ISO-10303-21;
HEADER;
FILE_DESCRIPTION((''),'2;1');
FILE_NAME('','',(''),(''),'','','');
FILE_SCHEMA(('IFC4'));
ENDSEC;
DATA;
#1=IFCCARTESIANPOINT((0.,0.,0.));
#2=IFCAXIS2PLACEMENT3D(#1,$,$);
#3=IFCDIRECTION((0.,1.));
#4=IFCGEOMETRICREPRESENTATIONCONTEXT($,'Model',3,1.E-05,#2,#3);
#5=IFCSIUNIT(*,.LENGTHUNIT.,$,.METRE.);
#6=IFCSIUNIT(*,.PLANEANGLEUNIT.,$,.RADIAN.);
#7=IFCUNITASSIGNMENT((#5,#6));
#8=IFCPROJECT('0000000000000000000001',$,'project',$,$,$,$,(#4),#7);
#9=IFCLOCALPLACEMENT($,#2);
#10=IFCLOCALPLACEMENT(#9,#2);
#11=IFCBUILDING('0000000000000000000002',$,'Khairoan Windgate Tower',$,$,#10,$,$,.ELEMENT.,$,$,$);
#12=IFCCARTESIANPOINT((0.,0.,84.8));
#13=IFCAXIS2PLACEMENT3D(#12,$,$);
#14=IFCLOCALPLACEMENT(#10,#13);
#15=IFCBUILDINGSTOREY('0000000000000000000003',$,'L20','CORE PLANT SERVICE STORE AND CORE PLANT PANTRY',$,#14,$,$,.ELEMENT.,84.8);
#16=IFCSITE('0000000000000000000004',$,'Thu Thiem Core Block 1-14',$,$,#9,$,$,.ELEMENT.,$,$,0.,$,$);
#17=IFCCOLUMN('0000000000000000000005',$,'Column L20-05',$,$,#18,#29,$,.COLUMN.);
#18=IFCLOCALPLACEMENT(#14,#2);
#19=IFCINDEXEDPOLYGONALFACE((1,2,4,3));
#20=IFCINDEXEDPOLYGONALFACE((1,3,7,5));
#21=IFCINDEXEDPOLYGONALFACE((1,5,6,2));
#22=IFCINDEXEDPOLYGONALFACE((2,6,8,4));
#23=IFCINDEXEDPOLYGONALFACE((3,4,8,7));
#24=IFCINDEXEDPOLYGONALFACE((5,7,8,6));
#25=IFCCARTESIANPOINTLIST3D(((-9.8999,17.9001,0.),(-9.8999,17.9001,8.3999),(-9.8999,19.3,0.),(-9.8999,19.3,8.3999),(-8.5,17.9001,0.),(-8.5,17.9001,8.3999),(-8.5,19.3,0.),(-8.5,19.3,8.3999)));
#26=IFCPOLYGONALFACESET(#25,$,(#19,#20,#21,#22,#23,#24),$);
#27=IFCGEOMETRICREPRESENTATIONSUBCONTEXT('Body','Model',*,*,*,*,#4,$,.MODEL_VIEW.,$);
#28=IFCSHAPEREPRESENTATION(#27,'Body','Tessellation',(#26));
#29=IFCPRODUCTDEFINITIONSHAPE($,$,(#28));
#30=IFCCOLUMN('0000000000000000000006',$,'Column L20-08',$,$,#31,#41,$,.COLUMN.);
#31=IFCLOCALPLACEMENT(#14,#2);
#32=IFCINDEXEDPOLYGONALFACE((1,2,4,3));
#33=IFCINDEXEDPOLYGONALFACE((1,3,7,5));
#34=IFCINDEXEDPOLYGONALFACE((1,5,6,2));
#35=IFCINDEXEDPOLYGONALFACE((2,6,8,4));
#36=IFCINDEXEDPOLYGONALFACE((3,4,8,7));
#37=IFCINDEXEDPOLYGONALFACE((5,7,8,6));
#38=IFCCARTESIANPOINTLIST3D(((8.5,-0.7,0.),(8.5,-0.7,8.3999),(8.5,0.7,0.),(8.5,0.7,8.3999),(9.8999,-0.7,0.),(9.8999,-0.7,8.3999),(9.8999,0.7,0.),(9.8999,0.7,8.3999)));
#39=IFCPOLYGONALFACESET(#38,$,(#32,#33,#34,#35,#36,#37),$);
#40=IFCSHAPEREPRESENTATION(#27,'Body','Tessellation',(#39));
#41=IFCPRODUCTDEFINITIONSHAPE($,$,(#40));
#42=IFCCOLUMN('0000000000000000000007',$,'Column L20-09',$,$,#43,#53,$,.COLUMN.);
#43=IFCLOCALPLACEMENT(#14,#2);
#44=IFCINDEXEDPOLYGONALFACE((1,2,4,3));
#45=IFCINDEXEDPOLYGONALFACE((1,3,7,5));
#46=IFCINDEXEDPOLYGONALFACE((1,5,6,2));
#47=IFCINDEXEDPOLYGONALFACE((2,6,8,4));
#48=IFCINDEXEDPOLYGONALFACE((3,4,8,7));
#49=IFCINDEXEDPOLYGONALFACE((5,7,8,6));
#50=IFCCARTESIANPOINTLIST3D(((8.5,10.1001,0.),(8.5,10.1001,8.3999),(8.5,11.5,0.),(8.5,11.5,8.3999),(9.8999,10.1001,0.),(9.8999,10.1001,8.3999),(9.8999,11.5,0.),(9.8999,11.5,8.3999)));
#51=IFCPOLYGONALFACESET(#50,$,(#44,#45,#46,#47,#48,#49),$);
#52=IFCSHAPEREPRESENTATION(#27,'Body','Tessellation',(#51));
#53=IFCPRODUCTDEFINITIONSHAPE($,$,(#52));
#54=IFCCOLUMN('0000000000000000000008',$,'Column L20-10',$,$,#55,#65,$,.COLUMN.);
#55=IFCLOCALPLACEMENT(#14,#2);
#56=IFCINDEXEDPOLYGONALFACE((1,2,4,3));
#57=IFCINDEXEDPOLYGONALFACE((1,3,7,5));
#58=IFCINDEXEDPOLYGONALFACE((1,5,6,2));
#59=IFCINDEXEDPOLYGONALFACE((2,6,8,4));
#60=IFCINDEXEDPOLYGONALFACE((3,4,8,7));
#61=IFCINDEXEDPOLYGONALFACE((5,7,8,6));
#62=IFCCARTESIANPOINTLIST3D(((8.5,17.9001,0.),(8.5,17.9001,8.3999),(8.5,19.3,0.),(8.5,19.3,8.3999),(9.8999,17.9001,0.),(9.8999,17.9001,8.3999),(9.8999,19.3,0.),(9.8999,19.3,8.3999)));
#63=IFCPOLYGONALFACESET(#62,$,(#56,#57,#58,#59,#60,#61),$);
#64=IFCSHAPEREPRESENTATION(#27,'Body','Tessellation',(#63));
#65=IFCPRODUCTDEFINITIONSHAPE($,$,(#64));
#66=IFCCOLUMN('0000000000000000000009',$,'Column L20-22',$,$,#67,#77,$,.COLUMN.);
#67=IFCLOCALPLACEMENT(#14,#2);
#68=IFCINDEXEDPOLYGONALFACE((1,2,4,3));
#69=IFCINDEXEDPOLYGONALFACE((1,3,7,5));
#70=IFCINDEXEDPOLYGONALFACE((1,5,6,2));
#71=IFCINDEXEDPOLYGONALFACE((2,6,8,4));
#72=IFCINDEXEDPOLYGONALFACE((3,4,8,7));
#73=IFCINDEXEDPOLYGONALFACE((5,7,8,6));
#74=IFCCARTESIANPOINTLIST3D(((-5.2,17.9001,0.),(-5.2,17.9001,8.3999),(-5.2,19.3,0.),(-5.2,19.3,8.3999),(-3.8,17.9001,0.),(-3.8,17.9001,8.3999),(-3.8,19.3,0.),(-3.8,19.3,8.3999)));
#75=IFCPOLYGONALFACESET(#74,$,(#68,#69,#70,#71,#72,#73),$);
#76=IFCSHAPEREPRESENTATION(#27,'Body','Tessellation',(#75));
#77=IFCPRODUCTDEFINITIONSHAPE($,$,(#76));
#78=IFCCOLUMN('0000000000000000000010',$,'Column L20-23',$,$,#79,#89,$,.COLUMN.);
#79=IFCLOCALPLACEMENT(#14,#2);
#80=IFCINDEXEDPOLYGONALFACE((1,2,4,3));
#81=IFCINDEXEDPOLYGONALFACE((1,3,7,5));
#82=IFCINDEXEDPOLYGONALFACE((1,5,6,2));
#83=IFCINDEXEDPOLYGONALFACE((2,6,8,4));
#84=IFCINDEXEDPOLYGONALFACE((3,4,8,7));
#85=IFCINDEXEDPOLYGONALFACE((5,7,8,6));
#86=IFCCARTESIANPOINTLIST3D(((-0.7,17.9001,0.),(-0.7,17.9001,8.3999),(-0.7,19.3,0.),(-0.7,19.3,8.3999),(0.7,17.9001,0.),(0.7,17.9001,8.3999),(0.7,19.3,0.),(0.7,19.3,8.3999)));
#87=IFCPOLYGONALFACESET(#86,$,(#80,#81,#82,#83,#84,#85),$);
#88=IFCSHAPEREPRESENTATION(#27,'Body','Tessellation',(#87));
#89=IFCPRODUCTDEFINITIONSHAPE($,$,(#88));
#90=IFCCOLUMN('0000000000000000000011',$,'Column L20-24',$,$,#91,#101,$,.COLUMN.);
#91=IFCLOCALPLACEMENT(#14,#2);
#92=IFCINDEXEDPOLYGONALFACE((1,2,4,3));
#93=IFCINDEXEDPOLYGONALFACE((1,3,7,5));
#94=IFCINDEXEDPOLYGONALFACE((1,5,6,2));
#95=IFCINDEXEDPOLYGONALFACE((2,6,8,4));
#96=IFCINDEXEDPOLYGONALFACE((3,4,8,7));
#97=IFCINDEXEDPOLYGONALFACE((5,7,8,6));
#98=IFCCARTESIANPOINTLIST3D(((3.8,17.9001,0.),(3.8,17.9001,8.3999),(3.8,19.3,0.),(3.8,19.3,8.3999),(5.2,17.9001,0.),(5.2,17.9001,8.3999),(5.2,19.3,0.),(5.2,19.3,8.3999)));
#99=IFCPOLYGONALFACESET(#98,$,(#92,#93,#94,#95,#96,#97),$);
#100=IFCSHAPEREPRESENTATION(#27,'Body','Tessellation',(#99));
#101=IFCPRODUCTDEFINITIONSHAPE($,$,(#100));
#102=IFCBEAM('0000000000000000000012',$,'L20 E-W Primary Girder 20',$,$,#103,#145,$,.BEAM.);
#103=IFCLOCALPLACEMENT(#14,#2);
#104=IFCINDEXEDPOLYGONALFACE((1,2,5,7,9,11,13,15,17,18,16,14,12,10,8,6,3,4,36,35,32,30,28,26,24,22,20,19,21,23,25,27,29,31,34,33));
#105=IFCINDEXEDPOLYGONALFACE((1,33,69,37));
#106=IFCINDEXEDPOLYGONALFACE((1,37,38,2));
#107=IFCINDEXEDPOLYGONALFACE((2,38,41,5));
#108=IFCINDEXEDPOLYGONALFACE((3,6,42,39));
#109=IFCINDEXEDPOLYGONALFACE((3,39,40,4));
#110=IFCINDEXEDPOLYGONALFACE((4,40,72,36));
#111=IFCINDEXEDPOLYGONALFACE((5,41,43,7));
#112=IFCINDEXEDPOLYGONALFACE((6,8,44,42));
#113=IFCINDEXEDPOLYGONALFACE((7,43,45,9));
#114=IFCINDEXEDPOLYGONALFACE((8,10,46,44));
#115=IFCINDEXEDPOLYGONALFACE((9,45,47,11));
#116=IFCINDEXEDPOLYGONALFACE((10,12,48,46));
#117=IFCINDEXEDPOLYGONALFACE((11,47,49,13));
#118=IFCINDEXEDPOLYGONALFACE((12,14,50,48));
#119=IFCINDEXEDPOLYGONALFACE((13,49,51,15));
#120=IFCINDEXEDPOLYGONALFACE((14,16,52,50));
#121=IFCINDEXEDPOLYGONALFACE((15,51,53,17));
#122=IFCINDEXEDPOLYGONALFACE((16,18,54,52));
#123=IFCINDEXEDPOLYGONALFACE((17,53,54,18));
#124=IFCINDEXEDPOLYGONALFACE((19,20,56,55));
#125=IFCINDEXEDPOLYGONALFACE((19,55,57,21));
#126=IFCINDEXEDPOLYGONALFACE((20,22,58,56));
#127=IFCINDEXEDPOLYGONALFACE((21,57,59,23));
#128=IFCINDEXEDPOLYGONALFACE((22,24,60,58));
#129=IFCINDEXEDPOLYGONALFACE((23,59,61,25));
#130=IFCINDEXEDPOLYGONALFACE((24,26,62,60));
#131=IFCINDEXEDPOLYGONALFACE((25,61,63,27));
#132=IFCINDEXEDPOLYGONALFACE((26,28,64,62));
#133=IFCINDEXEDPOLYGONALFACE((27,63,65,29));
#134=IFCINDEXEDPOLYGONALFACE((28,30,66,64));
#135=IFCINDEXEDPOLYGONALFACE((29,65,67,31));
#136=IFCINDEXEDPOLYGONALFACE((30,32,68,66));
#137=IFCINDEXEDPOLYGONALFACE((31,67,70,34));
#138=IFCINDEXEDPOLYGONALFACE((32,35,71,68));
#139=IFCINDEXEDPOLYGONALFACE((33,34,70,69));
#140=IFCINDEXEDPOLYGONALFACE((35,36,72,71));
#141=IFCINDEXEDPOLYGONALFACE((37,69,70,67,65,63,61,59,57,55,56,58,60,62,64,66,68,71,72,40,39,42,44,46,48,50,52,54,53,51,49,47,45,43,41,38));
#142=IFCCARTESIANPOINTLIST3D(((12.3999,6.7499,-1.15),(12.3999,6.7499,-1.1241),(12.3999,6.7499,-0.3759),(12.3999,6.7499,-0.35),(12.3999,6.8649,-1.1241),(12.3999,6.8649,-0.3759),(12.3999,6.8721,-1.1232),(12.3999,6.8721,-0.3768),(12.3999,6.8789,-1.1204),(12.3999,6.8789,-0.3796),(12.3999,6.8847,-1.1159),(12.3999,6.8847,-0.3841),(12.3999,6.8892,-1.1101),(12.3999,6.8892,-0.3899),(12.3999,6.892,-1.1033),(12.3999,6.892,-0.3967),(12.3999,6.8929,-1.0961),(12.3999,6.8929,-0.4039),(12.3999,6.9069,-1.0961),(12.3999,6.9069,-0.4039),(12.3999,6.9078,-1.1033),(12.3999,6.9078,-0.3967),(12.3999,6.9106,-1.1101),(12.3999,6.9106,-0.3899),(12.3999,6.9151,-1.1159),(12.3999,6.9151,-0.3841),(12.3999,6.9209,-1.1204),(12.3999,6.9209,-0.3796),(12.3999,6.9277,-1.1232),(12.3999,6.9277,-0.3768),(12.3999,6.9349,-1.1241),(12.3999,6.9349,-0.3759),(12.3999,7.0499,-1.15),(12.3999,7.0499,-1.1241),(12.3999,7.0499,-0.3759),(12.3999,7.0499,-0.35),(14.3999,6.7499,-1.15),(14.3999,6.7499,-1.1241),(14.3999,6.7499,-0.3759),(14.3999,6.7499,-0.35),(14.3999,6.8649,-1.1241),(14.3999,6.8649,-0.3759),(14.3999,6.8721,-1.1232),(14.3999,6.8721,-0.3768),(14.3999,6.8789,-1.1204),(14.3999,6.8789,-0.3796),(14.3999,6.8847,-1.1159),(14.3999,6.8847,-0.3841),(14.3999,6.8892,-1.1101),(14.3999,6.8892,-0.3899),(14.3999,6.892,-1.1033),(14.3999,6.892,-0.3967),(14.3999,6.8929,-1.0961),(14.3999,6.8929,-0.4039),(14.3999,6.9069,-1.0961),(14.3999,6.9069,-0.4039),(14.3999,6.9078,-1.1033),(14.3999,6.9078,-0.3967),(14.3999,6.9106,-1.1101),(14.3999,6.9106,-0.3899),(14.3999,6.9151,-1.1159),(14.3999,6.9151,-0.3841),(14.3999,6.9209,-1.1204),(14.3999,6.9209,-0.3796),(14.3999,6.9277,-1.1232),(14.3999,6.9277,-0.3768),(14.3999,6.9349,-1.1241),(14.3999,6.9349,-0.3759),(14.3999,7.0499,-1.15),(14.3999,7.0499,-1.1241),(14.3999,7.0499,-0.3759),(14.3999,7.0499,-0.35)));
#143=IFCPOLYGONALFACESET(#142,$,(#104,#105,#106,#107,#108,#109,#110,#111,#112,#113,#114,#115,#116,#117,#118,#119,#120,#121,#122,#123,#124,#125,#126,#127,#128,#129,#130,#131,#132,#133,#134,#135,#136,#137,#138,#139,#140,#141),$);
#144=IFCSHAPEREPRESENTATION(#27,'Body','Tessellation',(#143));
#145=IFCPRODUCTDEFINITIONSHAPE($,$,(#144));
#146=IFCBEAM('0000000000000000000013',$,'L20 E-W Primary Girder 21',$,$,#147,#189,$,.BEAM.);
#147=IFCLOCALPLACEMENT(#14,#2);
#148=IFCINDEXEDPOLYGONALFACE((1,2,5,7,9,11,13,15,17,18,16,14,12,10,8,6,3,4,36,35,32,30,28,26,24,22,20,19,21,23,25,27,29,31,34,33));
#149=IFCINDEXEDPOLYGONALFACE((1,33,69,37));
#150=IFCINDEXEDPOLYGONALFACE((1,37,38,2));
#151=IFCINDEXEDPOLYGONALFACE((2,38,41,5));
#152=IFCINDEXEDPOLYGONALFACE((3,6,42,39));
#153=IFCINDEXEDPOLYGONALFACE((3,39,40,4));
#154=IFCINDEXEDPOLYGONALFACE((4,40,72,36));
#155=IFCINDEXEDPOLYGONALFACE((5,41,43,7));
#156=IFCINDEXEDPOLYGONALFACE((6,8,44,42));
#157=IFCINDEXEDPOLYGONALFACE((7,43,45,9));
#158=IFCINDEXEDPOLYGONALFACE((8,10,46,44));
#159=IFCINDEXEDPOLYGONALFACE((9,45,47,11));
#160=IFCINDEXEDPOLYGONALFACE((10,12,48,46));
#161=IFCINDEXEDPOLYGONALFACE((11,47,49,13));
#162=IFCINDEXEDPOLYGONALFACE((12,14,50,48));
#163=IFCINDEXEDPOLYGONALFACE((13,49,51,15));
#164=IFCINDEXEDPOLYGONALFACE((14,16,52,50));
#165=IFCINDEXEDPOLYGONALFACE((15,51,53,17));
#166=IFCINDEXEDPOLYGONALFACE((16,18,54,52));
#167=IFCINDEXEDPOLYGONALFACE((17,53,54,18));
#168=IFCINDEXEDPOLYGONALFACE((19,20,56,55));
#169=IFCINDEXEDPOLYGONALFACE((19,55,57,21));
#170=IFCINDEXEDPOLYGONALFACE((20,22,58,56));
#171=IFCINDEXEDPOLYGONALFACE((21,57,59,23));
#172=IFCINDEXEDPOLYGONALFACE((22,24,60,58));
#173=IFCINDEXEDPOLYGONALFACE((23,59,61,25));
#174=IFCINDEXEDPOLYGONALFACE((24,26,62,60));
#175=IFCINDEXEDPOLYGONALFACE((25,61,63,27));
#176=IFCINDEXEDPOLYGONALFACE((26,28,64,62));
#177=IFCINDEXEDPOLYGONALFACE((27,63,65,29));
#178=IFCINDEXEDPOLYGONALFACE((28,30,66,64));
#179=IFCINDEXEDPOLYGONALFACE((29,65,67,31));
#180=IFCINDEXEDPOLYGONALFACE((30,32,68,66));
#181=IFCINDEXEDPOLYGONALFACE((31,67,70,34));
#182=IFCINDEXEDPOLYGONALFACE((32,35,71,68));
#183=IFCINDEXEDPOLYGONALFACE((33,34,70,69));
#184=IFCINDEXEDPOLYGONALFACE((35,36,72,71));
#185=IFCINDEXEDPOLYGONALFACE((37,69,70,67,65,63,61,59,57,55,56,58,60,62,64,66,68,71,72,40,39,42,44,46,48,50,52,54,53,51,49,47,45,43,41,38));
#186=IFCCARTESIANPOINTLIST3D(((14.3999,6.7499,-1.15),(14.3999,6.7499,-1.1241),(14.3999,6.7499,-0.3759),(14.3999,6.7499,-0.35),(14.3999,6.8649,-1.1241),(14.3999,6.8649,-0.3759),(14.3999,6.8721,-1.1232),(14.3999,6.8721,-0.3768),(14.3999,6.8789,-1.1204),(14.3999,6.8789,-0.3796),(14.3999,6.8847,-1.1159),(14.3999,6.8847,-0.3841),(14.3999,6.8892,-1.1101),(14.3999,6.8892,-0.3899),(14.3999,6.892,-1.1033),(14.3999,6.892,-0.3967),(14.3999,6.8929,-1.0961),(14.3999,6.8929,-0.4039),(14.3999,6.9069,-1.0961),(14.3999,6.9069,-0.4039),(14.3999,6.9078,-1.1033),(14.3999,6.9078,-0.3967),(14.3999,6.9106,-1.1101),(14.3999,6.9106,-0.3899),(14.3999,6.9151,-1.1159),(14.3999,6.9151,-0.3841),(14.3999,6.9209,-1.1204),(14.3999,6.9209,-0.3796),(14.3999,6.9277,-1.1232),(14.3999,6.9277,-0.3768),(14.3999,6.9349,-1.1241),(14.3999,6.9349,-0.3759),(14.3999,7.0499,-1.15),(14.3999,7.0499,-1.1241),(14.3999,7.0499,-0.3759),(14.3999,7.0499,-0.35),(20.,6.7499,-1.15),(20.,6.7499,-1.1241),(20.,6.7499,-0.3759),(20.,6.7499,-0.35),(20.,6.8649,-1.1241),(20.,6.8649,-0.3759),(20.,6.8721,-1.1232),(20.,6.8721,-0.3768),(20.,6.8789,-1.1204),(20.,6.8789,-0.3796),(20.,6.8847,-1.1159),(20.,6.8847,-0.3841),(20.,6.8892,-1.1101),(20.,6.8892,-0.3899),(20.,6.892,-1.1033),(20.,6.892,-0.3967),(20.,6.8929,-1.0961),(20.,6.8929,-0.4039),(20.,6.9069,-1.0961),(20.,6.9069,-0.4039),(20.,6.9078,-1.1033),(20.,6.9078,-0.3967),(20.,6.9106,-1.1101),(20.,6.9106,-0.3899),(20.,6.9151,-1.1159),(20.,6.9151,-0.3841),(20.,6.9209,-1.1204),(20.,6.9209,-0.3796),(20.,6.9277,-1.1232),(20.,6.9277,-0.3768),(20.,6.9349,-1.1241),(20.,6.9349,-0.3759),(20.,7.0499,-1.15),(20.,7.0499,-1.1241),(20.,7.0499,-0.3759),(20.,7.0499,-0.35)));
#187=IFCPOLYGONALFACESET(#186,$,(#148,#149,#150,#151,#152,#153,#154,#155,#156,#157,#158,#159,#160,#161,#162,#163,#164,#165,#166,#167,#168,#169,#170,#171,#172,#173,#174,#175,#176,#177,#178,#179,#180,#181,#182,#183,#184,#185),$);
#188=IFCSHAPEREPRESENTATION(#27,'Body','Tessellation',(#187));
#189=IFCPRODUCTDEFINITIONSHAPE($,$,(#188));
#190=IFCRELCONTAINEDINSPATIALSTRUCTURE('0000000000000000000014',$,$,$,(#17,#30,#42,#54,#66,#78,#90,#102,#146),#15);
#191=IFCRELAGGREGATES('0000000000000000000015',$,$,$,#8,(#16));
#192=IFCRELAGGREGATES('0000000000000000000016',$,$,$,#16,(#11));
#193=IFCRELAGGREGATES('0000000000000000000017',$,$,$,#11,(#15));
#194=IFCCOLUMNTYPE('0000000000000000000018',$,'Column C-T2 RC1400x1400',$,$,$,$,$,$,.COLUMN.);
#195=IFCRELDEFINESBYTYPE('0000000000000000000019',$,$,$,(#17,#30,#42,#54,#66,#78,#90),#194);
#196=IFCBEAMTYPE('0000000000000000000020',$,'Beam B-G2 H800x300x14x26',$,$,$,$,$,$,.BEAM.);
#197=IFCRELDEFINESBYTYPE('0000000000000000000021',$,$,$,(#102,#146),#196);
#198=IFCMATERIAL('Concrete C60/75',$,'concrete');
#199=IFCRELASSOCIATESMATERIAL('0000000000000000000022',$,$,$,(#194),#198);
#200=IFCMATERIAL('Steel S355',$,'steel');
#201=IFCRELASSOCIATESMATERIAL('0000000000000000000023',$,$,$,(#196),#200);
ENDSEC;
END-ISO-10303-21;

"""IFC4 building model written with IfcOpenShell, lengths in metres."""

from ifc_helpers import new_model, si_unit, direction, frame, origin, origin_2d, place, context, subcontext, project, spatial, rectangle, i_section, extrude, material, material_profile, profile_set, type_object, element, save


model = new_model("IFC4")

# Units and contexts
model_context = context("Model", 3, precision=1e-05, world=origin(), true_north=direction((0.0, 1.0)))
body_context = subcontext(model_context, "Body", "Model", "MODEL_VIEW")
ifc_project = project(units=[si_unit("LENGTHUNIT", "METRE"), si_unit("PLANEANGLEUNIT", "RADIAN")], contexts=[model_context])

# Site, building, storey
site_placement = place(None, origin())
site = spatial("IfcSite", under=ifc_project, at=site_placement, Name="Thu Thiem Core Block 1-14", CompositionType="ELEMENT", RefElevation=0.0)
building_placement = place(site_placement, origin())
building = spatial("IfcBuilding", under=site, at=building_placement, Name="Khairoan Windgate Tower", CompositionType="ELEMENT")
storey_placement = place(building_placement, frame((0.0, 0.0, 84.8)))
storey = spatial("IfcBuildingStorey", under=building, at=storey_placement, Name="L20", Description="CORE PLANT SERVICE STORE AND CORE PLANT PANTRY", CompositionType="ELEMENT", Elevation=84.8)

# Columns
ifc_material_1 = material(Name="Concrete C60/75", Category="concrete")
ifc_material_profile_1 = material_profile(ifc_material_1, rectangle(XDim=1.3999, YDim=1.3999, at=origin_2d()))
ifc_profile_set_1 = profile_set([ifc_material_profile_1], Name="Concrete C60/75")
column_type = type_object("IfcColumnType", Name="Column C-T2 RC1400x1400", PredefinedType="COLUMN", material=ifc_profile_set_1)
for number, where, z_axis, x_axis, name in (
    (1, (-9.2, 18.6001, 0.0), (0.0, 0.0, 1.0), (1.0, 0.0, 0.0), "Column L20-05"),
    (2, (9.2, 0.0, 0.0), (0.0, 0.0, 1.0), (1.0, 0.0, 0.0), "Column L20-08"),
    (3, (9.2, 10.8, 0.0), (0.0, 0.0, 1.0), (1.0, 0.0, 0.0), "Column L20-09"),
    (4, (9.2, 18.6001, 0.0), (0.0, 0.0, 1.0), (1.0, 0.0, 0.0), "Column L20-10"),
    (5, (-4.5, 18.6001, 0.0), (0.0, 0.0, 1.0), (1.0, 0.0, 0.0), "Column L20-22"),
    (6, (0.0, 18.6001, 0.0), (0.0, 0.0, 1.0), (1.0, 0.0, 0.0), "Column L20-23"),
    (7, (4.5, 18.6001, 0.0), (0.0, 0.0, 1.0), (1.0, 0.0, 0.0), "Column L20-24"),
):
    element("IfcColumn", number, at=place(storey_placement, frame(where, z_axis=z_axis, x_axis=x_axis)), inside=storey, type_object=column_type, Name=name, PredefinedType="COLUMN", context=body_context, shape_type="SweptSolid", body=[
        extrude(rectangle(XDim=1.3999, YDim=1.3999, at=origin_2d()), origin(), (0.0, 0.0, 1.0), 8.3999),
    ])

# Beams
ifc_material_2 = material(Name="Steel S355", Category="steel")
ifc_material_profile_2 = material_profile(ifc_material_2, i_section(OverallWidth=0.3, OverallDepth=0.8, WebThickness=0.0139, FlangeThickness=0.0259, FilletRadius=0.0281, at=origin_2d()))
ifc_profile_set_2 = profile_set([ifc_material_profile_2], Name="Steel S355")
beam_type_1 = type_object("IfcBeamType", Name="Beam B-G2 H800x300x14x26", PredefinedType="BEAM", material=ifc_profile_set_2)
beam_1_placement = place(storey_placement, frame((12.3999, 6.8999, -0.75), z_axis=(1.0, 0.0, 0.0), x_axis=(0.0, 1.0, 0.0)))
element("IfcBeam", 8, at=beam_1_placement, inside=storey, type_object=beam_type_1, Name="L20 E-W Primary Girder 20", PredefinedType="BEAM", context=body_context, shape_type="SweptSolid", body=[
    extrude(i_section(OverallWidth=0.3, OverallDepth=0.8, WebThickness=0.0139, FlangeThickness=0.0259, FilletRadius=0.0281, at=origin_2d()), origin(), (0.0, 0.0, 1.0), 2.0),
])
beam_2_placement = place(storey_placement, frame((14.3999, 6.8999, -0.75), z_axis=(1.0, 0.0, 0.0), x_axis=(0.0, 1.0, 0.0)))
element("IfcBeam", 9, at=beam_2_placement, inside=storey, type_object=beam_type_1, Name="L20 E-W Primary Girder 21", PredefinedType="BEAM", context=body_context, shape_type="SweptSolid", body=[
    extrude(i_section(OverallWidth=0.3, OverallDepth=0.8, WebThickness=0.0139, FlangeThickness=0.0259, FilletRadius=0.0281, at=origin_2d()), origin(), (0.0, 0.0, 1.0), 5.6001),
])

save(model, "model.ifc")
